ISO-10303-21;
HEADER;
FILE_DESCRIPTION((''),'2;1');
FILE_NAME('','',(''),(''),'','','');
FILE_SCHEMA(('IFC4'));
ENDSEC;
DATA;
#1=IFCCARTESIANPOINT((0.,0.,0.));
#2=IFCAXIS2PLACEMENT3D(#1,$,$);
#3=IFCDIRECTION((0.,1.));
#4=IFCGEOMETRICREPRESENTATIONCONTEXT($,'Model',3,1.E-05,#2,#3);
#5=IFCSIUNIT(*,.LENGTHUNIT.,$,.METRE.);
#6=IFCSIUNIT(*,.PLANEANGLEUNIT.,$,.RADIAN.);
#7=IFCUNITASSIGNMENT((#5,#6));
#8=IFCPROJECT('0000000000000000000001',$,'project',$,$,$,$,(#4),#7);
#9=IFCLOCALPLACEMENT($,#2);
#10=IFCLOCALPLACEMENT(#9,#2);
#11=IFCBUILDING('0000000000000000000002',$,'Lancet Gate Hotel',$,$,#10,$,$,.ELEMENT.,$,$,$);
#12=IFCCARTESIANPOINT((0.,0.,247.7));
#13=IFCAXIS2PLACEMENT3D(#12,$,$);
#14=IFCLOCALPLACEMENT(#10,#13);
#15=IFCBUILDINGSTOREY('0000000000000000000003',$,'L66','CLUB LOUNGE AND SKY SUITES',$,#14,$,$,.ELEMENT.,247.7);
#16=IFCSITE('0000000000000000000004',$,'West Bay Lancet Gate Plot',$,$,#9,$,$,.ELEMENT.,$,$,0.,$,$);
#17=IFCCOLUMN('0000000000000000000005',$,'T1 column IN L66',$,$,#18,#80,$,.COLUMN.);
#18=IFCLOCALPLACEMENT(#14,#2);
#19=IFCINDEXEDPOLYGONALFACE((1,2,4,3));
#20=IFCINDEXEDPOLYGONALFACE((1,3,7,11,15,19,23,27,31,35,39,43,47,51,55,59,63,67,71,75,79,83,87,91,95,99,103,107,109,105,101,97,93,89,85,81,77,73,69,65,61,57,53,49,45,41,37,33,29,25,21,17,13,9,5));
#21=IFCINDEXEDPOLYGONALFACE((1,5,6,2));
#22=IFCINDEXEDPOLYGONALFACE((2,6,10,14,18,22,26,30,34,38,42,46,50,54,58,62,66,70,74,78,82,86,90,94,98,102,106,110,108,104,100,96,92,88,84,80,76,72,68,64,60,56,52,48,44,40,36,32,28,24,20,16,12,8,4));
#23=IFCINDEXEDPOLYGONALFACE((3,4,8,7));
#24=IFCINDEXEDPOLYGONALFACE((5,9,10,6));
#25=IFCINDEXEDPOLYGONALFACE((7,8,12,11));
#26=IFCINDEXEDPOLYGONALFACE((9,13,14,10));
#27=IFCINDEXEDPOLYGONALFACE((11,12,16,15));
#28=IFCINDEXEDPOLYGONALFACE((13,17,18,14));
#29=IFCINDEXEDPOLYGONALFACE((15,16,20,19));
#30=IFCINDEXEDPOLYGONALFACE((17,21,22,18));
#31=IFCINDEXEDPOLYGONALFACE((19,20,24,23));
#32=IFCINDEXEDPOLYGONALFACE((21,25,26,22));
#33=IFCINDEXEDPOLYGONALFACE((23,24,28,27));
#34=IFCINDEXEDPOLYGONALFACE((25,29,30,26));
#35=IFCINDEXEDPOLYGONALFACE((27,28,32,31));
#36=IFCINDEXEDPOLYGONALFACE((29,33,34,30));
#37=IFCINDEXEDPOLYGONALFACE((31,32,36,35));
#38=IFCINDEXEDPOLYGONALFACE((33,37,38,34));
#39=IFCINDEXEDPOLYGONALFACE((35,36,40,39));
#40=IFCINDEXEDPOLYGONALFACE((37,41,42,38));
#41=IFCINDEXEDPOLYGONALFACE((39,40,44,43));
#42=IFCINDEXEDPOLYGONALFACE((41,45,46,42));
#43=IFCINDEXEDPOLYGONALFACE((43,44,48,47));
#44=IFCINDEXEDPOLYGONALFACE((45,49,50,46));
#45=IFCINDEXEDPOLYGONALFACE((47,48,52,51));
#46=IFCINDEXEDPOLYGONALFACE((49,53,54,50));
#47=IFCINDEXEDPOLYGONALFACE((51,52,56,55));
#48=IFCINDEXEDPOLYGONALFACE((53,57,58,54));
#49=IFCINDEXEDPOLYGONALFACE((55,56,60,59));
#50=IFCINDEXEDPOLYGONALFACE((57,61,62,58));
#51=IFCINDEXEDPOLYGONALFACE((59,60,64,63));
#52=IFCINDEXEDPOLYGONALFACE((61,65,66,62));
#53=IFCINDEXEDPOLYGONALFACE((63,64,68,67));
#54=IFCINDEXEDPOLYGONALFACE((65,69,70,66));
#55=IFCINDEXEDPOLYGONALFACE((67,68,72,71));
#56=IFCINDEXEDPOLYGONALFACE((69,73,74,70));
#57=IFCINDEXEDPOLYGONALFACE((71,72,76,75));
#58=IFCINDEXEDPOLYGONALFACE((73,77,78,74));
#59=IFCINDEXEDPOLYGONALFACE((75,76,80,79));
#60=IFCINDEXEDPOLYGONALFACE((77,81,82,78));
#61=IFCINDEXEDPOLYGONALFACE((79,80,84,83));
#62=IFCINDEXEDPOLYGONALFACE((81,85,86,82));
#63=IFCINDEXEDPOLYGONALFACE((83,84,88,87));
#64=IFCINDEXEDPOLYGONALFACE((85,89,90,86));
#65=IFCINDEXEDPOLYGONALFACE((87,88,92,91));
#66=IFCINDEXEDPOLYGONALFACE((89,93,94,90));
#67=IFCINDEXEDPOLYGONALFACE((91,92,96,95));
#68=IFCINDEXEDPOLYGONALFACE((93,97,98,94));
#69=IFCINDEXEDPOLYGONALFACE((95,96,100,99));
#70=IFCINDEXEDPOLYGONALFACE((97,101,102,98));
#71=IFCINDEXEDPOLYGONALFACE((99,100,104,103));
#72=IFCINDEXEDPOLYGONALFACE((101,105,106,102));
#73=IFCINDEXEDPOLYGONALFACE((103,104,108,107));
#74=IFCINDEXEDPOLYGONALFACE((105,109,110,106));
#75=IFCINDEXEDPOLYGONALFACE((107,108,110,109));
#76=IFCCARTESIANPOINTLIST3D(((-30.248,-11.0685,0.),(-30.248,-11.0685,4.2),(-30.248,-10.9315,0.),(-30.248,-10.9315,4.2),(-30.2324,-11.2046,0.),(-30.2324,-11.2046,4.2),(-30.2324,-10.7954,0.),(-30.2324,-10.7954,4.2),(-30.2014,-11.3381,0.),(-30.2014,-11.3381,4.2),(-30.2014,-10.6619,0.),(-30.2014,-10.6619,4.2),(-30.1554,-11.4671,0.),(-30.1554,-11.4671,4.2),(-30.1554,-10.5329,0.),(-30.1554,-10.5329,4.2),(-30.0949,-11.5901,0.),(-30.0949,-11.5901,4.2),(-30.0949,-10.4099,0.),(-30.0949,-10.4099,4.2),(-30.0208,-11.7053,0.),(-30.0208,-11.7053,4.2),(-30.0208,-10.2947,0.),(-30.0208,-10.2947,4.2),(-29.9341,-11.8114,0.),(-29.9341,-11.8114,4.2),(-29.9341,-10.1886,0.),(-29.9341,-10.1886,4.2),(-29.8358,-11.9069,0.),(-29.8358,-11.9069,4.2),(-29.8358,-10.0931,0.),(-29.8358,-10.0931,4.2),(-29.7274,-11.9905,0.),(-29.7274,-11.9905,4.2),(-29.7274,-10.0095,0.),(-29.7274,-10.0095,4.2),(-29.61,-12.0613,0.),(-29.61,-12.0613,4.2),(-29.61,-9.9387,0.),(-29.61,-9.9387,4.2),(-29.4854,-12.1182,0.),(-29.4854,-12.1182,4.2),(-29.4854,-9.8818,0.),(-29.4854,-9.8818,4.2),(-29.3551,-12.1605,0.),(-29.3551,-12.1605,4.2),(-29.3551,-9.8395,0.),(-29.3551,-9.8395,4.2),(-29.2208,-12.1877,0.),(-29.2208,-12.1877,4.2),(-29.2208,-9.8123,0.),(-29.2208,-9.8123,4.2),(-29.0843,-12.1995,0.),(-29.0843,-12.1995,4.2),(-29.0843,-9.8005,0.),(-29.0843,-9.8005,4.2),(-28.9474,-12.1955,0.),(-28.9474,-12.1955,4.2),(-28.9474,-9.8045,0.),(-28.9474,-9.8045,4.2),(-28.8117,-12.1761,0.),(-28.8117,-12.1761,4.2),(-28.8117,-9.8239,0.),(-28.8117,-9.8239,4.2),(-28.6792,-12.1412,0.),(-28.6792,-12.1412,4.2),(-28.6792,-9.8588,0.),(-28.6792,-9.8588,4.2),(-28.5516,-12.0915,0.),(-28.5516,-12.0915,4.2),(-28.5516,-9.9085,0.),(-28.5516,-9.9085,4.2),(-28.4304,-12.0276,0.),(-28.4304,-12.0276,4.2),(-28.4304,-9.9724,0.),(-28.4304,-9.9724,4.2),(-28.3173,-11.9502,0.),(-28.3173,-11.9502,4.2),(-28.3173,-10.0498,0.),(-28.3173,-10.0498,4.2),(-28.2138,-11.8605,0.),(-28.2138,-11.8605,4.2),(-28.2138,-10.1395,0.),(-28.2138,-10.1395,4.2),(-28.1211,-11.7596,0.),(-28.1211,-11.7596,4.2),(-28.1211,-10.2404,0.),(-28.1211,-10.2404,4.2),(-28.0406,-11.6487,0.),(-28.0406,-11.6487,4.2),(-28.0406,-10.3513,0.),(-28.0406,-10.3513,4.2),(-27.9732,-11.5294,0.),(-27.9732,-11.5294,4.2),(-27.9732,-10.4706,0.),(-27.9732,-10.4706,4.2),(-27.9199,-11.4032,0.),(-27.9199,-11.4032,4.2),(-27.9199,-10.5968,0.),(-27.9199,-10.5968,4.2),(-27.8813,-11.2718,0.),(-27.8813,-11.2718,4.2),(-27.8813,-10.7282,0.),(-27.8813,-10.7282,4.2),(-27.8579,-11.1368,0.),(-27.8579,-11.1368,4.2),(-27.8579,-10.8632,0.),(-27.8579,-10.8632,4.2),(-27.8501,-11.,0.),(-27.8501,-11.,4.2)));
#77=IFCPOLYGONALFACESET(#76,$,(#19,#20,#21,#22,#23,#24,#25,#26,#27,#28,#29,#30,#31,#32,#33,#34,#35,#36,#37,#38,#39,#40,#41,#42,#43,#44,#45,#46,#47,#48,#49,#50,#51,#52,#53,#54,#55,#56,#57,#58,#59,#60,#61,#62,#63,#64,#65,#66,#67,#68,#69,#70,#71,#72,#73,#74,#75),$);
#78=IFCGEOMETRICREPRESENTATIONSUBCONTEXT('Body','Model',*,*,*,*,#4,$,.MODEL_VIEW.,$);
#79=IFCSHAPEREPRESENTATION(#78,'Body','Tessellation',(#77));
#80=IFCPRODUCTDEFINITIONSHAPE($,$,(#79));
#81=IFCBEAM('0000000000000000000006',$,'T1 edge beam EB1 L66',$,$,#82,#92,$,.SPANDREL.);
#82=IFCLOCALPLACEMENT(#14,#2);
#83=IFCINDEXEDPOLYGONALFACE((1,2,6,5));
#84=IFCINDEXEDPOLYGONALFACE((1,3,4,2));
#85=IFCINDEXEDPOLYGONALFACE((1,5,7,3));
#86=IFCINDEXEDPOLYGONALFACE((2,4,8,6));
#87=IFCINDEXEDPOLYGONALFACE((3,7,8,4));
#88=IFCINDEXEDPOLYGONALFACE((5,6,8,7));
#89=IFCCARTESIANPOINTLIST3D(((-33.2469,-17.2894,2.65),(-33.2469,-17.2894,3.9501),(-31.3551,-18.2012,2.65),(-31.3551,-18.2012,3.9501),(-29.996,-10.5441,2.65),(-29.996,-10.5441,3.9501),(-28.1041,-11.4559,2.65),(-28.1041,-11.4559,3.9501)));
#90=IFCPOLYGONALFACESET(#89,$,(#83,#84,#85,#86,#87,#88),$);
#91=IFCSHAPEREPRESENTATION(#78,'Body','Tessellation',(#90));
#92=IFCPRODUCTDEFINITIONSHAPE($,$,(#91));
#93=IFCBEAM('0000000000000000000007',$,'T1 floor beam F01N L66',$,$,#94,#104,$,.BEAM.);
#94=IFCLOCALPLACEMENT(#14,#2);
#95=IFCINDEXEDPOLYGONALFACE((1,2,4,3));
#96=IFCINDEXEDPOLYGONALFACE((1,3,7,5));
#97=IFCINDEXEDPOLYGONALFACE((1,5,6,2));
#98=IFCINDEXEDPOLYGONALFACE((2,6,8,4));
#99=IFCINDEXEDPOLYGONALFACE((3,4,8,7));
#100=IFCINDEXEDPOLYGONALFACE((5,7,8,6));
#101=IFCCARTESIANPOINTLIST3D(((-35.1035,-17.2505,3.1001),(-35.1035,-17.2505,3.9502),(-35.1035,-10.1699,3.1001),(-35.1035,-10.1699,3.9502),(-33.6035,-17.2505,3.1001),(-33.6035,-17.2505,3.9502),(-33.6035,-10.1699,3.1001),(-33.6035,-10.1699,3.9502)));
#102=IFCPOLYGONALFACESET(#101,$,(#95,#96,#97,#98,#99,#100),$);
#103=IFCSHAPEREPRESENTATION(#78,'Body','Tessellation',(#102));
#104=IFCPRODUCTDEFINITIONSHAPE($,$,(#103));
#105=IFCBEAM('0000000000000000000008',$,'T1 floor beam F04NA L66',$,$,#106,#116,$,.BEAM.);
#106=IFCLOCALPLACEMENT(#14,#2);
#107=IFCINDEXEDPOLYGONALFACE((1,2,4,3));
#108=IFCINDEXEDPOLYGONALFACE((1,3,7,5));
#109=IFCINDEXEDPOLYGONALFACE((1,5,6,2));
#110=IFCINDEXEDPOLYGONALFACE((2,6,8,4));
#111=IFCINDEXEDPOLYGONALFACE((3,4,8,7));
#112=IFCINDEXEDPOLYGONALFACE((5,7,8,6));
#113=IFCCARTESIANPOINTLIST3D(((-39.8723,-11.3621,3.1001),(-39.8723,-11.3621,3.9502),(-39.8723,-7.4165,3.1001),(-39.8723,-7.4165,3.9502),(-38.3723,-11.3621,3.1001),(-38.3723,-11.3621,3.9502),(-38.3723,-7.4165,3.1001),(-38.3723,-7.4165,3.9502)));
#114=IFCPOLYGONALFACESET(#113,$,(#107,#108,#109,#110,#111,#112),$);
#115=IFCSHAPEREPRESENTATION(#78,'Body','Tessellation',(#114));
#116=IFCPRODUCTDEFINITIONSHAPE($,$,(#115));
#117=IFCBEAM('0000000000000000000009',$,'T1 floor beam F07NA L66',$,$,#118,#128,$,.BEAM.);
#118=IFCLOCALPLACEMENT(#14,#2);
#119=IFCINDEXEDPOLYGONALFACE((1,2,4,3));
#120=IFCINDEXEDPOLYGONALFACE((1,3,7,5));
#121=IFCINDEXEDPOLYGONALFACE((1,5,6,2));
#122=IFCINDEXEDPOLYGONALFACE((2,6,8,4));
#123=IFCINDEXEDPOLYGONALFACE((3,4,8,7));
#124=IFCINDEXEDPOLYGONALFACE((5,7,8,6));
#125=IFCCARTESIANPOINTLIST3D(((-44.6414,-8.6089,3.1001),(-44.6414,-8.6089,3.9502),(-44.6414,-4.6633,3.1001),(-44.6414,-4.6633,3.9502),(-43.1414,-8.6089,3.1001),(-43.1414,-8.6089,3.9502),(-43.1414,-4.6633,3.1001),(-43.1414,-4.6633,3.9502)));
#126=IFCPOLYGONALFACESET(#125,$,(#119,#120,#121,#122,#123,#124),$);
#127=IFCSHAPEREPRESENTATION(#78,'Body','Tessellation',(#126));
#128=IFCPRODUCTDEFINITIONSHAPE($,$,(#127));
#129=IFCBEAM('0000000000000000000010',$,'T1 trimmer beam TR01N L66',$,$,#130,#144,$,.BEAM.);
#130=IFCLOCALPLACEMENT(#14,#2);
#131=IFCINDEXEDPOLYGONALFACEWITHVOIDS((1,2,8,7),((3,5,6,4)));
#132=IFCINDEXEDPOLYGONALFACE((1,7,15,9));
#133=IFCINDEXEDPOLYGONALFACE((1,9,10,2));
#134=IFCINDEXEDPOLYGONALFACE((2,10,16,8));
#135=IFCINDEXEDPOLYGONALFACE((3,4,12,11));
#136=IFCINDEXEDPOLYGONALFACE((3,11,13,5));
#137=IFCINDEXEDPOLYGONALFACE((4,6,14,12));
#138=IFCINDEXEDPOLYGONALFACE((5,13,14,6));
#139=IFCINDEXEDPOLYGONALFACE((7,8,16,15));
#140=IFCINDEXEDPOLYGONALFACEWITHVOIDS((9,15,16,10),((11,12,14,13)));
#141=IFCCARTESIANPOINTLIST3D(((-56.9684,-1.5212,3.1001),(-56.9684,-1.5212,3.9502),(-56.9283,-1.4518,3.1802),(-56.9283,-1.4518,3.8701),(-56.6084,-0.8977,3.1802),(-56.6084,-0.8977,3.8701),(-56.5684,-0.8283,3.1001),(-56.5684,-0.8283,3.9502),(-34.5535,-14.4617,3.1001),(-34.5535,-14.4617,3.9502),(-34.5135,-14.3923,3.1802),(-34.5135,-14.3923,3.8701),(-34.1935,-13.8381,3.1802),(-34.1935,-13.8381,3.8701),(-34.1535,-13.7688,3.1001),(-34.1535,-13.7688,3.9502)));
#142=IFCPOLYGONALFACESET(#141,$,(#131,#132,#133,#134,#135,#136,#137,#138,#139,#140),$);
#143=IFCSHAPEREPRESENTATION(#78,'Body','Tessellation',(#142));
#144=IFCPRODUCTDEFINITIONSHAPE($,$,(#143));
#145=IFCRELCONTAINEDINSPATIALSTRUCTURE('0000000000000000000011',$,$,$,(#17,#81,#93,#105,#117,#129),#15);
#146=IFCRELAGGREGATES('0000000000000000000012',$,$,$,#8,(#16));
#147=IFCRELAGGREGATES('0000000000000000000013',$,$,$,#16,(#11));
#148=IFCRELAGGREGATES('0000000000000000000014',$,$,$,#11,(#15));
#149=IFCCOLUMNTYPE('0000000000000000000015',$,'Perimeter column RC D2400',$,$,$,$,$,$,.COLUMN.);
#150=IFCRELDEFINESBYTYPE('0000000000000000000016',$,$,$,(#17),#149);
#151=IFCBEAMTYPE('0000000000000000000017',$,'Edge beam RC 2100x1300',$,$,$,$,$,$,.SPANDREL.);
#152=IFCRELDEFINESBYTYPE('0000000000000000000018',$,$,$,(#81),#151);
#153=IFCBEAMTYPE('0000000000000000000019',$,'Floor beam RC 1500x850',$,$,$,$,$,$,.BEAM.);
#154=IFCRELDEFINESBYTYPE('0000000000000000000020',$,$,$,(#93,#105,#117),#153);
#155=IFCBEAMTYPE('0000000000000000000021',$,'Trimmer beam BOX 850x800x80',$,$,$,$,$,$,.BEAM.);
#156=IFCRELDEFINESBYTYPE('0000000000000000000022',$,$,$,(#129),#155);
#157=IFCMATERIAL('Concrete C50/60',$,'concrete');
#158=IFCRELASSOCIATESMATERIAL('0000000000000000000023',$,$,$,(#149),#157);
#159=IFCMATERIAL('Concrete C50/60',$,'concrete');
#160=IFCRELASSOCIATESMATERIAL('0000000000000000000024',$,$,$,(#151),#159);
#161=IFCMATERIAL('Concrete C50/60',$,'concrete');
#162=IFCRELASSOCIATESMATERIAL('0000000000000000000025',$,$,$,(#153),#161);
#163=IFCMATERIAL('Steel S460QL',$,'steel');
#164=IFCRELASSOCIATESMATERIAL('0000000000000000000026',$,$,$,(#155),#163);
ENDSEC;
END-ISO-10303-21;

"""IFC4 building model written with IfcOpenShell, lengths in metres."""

from ifc_helpers import new_model, si_unit, direction, frame, origin, origin_2d, place, context, subcontext, project, spatial, rectangle, hollow_rectangle, circle, extrude, material, material_profile, profile_set, type_object, element, save


model = new_model("IFC4")

# Units and contexts
model_context = context("Model", 3, precision=1e-05, world=origin(), true_north=direction((0.0, 1.0)))
body_context = subcontext(model_context, "Body", "Model", "MODEL_VIEW")
ifc_project = project(units=[si_unit("LENGTHUNIT", "METRE"), si_unit("PLANEANGLEUNIT", "RADIAN")], contexts=[model_context])

# Site, building, storey
site_placement = place(None, origin())
site = spatial("IfcSite", under=ifc_project, at=site_placement, Name="West Bay Lancet Gate Plot", CompositionType="ELEMENT", RefElevation=0.0)
building_placement = place(site_placement, origin())
building = spatial("IfcBuilding", under=site, at=building_placement, Name="Lancet Gate Hotel", CompositionType="ELEMENT")
storey_placement = place(building_placement, frame((0.0, 0.0, 247.7)))
storey = spatial("IfcBuildingStorey", under=building, at=storey_placement, Name="L66", Description="CLUB LOUNGE AND SKY SUITES", CompositionType="ELEMENT", Elevation=247.7)

# Column
ifc_material_1 = material(Name="Concrete C50/60", Category="concrete")
ifc_material_profile_1 = material_profile(ifc_material_1, circle(Radius=1.2, at=origin_2d()), Name="RC D2400")
ifc_profile_set_1 = profile_set([ifc_material_profile_1], Name="Concrete C50/60")
column_type = type_object("IfcColumnType", Name="Perimeter column RC D2400", PredefinedType="COLUMN", material=ifc_profile_set_1)
column_placement = place(storey_placement, frame((-29.05, -11.0, 0.0), z_axis=(0.0, 0.0, 1.0), x_axis=(1.0, 0.0, 0.0)))
element("IfcColumn", 1, at=column_placement, inside=storey, type_object=column_type, Name="T1 column IN L66", PredefinedType="COLUMN", context=body_context, shape_type="SweptSolid", body=[
    extrude(circle(Radius=1.2, at=origin_2d()), origin(), (0.0, 0.0, 1.0), 4.2),
])

# Beams
ifc_material_2 = material(Name="Concrete C50/60", Category="concrete")
ifc_material_profile_2 = material_profile(ifc_material_2, rectangle(XDim=2.1001, YDim=1.3, at=origin_2d()), Name="RC 2100x1300")
ifc_profile_set_2 = profile_set([ifc_material_profile_2], Name="Concrete C50/60")
beam_type_1 = type_object("IfcBeamType", Name="Edge beam RC 2100x1300", PredefinedType="SPANDREL", material=ifc_profile_set_2)
beam_1_placement = place(storey_placement, frame((-29.05, -11.0, 3.3), z_axis=(-0.434164, -0.900834, 0.0), x_axis=(0.900834, -0.434164, 0.0)))
element("IfcBeam", 2, at=beam_1_placement, inside=storey, type_object=beam_type_1, Name="T1 edge beam EB1 L66", PredefinedType="SPANDREL", context=body_context, shape_type="SweptSolid", body=[
    extrude(rectangle(XDim=2.1001, YDim=1.3, at=origin_2d()), origin(), (0.0, 0.0, 1.0), 7.4878),
])
ifc_material_3 = material(Name="Concrete C50/60", Category="concrete")
ifc_material_profile_3 = material_profile(ifc_material_3, rectangle(XDim=1.5, YDim=0.8501, at=origin_2d()), Name="RC 1500x850")
ifc_profile_set_3 = profile_set([ifc_material_profile_3], Name="Concrete C50/60")
beam_type_2 = type_object("IfcBeamType", Name="Floor beam RC 1500x850", PredefinedType="BEAM", material=ifc_profile_set_3)
beam_2_placement = place(storey_placement, frame((-34.3535, -10.1699, 3.5251), z_axis=(0.0, -1.0, 0.0), x_axis=(1.0, 0.0, 0.0)))
element("IfcBeam", 3, at=beam_2_placement, inside=storey, type_object=beam_type_2, Name="T1 floor beam F01N L66", PredefinedType="BEAM", context=body_context, shape_type="SweptSolid", body=[
    extrude(rectangle(XDim=1.5, YDim=0.8501, at=origin_2d()), origin(), (0.0, 0.0, 1.0), 7.0806),
])
for number, where, z_axis, x_axis, name in (
    (4, (-39.1223, -7.4165, 3.5251), (0.0, -1.0, 0.0), (1.0, 0.0, 0.0), "T1 floor beam F04NA L66"),
    (5, (-43.8914, -4.6633, 3.5251), (0.0, -1.0, 0.0), (1.0, 0.0, 0.0), "T1 floor beam F07NA L66"),
):
    element("IfcBeam", number, at=place(storey_placement, frame(where, z_axis=z_axis, x_axis=x_axis)), inside=storey, type_object=beam_type_2, Name=name, PredefinedType="BEAM", context=body_context, shape_type="SweptSolid", body=[
        extrude(rectangle(XDim=1.5, YDim=0.8501, at=origin_2d()), origin(), (0.0, 0.0, 1.0), 3.9456),
    ])
ifc_material_4 = material(Name="Steel S460QL", Category="steel")
ifc_material_profile_4 = material_profile(ifc_material_4, hollow_rectangle(XDim=0.8, YDim=0.8501, WallThickness=0.0801, at=origin_2d()), Name="BOX 850x800x80")
ifc_profile_set_4 = profile_set([ifc_material_profile_4], Name="Steel S460QL")
beam_type_3 = type_object("IfcBeamType", Name="Trimmer beam BOX 850x800x80", PredefinedType="BEAM", material=ifc_profile_set_4)
beam_3_placement = place(storey_placement, frame((-34.3535, -14.1152, 3.5251), z_axis=(-0.866038, 0.499978, 0.0), x_axis=(-0.499978, -0.866038, 0.0)))
element("IfcBeam", 6, at=beam_3_placement, inside=storey, type_object=beam_type_3, Name="T1 trimmer beam TR01N L66", PredefinedType="BEAM", context=body_context, shape_type="SweptSolid", body=[
    extrude(hollow_rectangle(XDim=0.8, YDim=0.8501, WallThickness=0.0801, at=origin_2d()), origin(), (0.0, 0.0, 1.0), 25.8821),
])

save(model, "model.ifc")
